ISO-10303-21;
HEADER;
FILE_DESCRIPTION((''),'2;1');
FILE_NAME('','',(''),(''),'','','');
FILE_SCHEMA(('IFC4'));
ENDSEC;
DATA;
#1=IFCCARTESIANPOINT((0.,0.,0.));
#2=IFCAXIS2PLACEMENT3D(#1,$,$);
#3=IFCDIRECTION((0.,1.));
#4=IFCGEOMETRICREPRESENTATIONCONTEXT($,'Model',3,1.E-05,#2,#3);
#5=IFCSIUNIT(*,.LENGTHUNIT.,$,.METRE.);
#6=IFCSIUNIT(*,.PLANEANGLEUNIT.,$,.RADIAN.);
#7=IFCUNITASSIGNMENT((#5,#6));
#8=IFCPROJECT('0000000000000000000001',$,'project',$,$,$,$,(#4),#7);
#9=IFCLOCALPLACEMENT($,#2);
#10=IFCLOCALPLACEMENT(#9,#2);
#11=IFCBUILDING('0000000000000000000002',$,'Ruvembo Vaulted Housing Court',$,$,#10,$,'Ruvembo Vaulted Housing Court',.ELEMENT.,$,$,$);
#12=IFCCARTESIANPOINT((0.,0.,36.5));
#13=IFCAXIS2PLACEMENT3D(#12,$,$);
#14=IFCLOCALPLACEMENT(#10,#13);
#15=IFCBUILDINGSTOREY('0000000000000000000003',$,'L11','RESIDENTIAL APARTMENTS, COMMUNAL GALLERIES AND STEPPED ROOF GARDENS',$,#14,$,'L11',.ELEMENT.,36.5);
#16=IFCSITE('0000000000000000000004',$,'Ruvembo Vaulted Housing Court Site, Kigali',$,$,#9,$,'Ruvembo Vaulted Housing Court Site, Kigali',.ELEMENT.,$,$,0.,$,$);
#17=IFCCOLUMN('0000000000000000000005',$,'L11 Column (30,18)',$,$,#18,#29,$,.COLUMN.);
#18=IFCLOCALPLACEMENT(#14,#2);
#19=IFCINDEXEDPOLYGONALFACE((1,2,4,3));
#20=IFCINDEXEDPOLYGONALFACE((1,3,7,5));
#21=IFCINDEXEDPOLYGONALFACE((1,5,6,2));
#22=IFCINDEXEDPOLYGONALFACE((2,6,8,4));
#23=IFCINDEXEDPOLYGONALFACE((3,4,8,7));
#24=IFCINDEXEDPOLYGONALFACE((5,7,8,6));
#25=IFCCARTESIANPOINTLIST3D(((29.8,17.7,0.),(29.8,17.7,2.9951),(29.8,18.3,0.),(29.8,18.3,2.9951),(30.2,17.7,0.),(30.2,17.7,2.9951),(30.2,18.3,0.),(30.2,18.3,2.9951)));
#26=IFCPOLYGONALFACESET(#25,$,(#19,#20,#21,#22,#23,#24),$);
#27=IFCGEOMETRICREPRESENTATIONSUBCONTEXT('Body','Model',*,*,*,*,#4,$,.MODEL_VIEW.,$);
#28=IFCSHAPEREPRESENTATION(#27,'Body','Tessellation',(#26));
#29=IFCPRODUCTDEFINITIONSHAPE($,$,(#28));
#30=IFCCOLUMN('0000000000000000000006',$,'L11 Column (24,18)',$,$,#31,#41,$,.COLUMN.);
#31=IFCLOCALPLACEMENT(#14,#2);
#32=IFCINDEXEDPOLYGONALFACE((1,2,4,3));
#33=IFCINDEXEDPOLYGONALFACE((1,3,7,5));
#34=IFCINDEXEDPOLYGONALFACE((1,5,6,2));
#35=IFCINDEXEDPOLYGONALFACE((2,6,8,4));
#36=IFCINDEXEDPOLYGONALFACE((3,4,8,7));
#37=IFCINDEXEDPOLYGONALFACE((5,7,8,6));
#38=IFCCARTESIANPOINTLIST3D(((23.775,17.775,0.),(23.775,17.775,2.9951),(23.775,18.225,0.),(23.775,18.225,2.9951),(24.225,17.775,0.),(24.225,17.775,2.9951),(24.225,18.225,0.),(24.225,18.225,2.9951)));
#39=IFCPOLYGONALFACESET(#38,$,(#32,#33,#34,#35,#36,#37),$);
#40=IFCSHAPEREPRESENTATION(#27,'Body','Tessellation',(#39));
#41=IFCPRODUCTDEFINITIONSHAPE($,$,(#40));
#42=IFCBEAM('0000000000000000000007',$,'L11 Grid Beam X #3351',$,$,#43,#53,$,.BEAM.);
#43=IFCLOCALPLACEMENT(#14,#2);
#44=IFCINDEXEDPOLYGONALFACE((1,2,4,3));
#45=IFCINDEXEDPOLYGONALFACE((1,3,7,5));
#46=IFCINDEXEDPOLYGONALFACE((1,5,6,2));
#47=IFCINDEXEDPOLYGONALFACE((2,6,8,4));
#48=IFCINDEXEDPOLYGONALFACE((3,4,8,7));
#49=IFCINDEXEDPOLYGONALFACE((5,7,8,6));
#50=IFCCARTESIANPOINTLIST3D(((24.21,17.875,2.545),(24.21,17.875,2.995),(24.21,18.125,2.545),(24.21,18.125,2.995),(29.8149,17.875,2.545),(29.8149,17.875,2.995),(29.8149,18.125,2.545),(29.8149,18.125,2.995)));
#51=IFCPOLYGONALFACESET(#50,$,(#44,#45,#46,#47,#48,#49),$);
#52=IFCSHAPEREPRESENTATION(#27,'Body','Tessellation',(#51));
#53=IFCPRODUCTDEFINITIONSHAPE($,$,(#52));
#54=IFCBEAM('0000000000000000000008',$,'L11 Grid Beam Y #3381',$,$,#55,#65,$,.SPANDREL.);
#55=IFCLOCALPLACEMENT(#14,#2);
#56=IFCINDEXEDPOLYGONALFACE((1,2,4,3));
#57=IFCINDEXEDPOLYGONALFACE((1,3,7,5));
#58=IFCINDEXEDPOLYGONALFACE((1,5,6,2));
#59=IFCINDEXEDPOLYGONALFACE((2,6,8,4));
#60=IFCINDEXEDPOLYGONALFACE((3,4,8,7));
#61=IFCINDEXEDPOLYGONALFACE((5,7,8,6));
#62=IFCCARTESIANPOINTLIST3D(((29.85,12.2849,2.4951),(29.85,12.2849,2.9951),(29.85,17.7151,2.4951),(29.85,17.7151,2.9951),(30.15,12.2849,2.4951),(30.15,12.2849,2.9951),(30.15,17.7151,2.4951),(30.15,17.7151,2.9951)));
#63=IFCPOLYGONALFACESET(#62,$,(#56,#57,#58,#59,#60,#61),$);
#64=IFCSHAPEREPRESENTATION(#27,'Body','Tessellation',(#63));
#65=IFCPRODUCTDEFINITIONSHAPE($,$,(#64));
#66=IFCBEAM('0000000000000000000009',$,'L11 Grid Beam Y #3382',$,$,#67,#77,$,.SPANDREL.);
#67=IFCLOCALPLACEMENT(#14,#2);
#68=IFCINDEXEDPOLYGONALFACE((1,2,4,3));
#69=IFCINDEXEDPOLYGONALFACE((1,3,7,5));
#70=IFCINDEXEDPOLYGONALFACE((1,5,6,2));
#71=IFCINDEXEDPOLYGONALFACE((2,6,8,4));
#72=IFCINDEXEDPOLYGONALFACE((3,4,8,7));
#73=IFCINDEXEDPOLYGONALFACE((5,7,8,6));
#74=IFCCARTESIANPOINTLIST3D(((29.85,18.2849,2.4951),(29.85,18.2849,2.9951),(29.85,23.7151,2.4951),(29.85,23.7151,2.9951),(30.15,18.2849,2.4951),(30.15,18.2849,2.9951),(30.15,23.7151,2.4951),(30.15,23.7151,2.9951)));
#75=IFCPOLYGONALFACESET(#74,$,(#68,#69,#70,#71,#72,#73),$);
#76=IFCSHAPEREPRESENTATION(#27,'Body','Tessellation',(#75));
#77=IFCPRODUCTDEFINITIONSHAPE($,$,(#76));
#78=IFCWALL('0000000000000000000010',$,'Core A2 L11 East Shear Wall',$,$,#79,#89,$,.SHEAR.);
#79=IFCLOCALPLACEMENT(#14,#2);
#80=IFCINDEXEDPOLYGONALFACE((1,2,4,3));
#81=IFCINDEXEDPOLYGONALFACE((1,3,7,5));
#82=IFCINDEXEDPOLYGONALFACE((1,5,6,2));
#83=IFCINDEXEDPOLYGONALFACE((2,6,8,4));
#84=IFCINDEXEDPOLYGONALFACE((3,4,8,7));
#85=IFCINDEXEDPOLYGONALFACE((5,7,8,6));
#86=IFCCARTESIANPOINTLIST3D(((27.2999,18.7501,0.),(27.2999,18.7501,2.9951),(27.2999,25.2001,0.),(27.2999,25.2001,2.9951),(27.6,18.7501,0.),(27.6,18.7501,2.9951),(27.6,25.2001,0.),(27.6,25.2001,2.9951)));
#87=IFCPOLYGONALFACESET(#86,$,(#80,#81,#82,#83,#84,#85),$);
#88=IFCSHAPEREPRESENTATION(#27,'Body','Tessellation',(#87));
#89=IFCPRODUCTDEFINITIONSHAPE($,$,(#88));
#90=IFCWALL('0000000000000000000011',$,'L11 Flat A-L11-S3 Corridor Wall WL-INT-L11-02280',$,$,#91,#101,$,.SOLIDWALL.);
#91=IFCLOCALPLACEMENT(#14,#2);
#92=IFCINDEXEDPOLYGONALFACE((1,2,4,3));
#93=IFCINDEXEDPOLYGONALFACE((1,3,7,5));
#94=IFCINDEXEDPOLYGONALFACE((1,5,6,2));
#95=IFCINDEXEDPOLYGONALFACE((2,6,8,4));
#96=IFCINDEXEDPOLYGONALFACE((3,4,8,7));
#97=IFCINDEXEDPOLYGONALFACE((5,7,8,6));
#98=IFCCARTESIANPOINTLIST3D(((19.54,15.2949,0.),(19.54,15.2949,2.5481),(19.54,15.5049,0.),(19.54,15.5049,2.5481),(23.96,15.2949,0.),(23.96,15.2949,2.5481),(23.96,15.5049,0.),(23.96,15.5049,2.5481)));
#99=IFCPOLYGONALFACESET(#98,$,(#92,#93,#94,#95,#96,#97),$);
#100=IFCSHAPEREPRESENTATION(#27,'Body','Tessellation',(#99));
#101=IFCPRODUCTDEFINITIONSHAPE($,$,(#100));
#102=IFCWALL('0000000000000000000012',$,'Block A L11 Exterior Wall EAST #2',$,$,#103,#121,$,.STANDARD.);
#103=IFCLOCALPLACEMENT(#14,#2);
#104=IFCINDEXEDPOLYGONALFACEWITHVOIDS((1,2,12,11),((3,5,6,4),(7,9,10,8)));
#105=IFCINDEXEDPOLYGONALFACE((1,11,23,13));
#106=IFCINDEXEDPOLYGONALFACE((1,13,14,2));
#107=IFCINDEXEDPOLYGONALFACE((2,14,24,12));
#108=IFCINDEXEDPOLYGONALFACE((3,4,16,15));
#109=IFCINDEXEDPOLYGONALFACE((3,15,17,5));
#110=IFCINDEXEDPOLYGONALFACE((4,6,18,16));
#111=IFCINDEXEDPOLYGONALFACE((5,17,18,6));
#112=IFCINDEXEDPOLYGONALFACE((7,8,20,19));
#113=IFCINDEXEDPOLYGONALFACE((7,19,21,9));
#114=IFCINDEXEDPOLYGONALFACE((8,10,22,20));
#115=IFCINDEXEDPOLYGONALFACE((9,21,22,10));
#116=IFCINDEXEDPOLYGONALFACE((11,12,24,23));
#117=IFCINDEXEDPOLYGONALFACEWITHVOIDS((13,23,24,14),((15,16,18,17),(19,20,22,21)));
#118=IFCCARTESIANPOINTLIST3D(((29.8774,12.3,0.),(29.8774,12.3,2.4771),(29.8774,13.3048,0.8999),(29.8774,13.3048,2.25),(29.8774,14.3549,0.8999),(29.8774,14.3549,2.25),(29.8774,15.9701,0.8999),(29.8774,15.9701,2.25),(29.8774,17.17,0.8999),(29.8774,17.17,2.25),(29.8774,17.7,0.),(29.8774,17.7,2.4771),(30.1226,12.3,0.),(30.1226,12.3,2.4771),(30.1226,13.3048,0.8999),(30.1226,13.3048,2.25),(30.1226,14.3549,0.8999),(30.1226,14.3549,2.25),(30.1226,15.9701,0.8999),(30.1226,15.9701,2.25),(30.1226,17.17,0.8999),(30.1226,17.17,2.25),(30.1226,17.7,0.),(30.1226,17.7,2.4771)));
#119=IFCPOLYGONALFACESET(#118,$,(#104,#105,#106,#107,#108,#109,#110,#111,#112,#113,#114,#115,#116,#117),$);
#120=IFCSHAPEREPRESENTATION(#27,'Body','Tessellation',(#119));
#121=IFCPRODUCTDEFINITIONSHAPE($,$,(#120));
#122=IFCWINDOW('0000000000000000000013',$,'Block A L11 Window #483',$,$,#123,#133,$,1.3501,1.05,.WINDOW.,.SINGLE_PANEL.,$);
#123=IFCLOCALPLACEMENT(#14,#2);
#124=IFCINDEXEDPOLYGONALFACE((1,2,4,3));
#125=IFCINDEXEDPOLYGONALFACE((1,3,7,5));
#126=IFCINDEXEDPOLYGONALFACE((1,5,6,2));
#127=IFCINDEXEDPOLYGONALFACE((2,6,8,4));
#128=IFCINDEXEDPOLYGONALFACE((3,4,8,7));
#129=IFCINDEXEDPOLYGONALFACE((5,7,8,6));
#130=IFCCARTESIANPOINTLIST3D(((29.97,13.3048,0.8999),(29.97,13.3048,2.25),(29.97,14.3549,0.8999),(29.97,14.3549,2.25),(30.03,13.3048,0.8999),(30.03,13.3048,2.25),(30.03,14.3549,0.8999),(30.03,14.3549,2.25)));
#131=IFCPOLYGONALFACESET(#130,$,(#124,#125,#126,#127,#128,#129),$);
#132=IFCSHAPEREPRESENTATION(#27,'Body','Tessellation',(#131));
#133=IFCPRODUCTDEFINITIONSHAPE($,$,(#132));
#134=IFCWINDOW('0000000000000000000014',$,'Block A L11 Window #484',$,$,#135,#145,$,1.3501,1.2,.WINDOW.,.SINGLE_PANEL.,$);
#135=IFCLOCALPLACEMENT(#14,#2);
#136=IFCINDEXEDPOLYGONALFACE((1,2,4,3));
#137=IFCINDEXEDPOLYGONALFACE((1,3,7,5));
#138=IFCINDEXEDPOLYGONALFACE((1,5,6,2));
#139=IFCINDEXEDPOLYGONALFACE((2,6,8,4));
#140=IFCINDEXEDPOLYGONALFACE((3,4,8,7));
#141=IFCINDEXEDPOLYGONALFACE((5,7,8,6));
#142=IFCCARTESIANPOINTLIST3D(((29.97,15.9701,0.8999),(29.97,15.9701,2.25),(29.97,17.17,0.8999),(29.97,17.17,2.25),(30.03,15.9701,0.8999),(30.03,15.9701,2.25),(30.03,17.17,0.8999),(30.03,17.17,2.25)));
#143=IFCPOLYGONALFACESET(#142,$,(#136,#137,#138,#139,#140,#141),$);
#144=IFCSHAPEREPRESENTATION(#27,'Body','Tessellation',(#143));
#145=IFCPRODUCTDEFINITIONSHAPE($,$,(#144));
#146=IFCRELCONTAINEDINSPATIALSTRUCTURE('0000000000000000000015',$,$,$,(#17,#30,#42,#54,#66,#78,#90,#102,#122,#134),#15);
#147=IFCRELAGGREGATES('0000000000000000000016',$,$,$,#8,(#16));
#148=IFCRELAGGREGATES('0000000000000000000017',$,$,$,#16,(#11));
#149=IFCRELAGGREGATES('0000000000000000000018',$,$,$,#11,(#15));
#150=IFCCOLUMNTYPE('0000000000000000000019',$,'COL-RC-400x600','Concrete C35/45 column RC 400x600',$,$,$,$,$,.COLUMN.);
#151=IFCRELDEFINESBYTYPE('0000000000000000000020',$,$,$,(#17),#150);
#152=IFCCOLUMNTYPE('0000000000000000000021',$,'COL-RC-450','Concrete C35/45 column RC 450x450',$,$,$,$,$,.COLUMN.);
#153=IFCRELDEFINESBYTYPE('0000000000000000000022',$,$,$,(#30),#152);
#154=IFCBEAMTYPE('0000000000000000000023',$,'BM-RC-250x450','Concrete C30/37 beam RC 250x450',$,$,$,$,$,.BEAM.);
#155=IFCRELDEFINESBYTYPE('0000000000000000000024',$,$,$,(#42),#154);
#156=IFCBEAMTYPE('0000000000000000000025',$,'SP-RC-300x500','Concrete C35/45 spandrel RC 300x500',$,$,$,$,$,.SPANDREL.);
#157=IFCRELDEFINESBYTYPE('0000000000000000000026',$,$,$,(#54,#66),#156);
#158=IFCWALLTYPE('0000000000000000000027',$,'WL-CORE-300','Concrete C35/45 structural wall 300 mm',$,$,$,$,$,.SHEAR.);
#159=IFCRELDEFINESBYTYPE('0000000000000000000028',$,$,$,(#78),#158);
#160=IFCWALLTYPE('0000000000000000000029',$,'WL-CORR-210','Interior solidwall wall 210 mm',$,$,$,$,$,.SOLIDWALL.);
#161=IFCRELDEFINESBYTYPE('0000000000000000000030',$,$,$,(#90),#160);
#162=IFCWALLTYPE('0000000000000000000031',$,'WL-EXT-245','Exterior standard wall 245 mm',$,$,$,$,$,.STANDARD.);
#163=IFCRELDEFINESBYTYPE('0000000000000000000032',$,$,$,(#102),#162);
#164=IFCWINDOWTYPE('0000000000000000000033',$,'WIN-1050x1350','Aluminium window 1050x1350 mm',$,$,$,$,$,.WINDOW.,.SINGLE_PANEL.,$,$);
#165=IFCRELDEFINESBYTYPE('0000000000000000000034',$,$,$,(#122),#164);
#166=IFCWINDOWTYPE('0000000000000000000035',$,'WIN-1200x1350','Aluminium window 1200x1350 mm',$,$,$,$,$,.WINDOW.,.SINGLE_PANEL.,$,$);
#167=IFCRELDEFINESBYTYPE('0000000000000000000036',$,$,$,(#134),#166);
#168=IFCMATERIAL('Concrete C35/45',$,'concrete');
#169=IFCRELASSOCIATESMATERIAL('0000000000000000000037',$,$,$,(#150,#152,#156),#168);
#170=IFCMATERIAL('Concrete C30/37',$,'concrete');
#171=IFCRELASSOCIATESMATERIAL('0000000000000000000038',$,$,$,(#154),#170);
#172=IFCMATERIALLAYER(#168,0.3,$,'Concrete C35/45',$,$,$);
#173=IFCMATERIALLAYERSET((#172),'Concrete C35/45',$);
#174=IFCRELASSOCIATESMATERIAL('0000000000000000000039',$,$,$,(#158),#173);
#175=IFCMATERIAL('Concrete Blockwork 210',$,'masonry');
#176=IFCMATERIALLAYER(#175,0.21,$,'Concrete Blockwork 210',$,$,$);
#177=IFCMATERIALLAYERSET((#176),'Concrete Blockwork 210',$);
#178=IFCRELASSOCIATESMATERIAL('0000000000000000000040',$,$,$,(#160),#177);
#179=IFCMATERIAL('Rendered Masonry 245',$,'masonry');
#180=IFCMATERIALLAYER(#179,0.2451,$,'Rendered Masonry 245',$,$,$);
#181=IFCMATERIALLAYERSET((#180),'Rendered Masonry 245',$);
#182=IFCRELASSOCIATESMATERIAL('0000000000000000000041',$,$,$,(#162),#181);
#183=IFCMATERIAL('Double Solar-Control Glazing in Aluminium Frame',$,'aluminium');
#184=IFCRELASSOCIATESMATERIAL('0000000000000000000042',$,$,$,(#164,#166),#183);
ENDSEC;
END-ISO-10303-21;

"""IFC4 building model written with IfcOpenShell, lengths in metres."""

from ifc_helpers import new_model, si_unit, direction, frame, frame_2d, origin, origin_2d, place, context, subcontext, project, spatial, rectangle, extrude, material, layer, layer_set, material_profile, profile_set, type_object, element, fill, save


model = new_model("IFC4")

# Units and contexts
model_context = context("Model", 3, precision=1e-05, world=origin(), true_north=direction((0.0, 1.0)))
body_context = subcontext(model_context, "Body", "Model", "MODEL_VIEW")
ifc_project = project(units=[si_unit("LENGTHUNIT", "METRE"), si_unit("PLANEANGLEUNIT", "RADIAN")], contexts=[model_context])

# Site, building, storey
site_placement = place(None, origin())
site = spatial("IfcSite", under=ifc_project, at=site_placement, Name="Ruvembo Vaulted Housing Court Site, Kigali", LongName="Ruvembo Vaulted Housing Court Site, Kigali", CompositionType="ELEMENT", RefElevation=0.0)
building_placement = place(site_placement, origin())
building = spatial("IfcBuilding", under=site, at=building_placement, Name="Ruvembo Vaulted Housing Court", LongName="Ruvembo Vaulted Housing Court", CompositionType="ELEMENT")
storey_placement = place(building_placement, frame((0.0, 0.0, 36.5)))
storey = spatial("IfcBuildingStorey", under=building, at=storey_placement, Name="L11", Description="RESIDENTIAL APARTMENTS, COMMUNAL GALLERIES AND STEPPED ROOF GARDENS", LongName="L11", CompositionType="ELEMENT", Elevation=36.5)

# Columns
ifc_material_1 = material(Name="Concrete C35/45", Category="concrete")
ifc_material_profile_1 = material_profile(ifc_material_1, rectangle(XDim=0.3999, YDim=0.6001, at=origin_2d()), Name="RC 400x600")
ifc_profile_set_1 = profile_set([ifc_material_profile_1], Name="Concrete C35/45")
column_type_1 = type_object("IfcColumnType", Name="COL-RC-400x600", Description="Concrete C35/45 column RC 400x600", PredefinedType="COLUMN", material=ifc_profile_set_1)
column_1_placement = place(storey_placement, frame((30.0, 18.0, 0.0), z_axis=(0.0, 0.0, 1.0), x_axis=(1.0, 0.0, 0.0)))
element("IfcColumn", 1, at=column_1_placement, inside=storey, type_object=column_type_1, Name="L11 Column (30,18)", PredefinedType="COLUMN", context=body_context, shape_type="SweptSolid", body=[
    extrude(rectangle(XDim=0.3999, YDim=0.6001, at=origin_2d()), origin(), (0.0, 0.0, 1.0), 2.9951),
])
ifc_material_profile_2 = material_profile(ifc_material_1, rectangle(XDim=0.45, YDim=0.45, at=origin_2d()), Name="RC 450x450")
ifc_profile_set_2 = profile_set([ifc_material_profile_2], Name="Concrete C35/45")
column_type_2 = type_object("IfcColumnType", Name="COL-RC-450", Description="Concrete C35/45 column RC 450x450", PredefinedType="COLUMN", material=ifc_profile_set_2)
column_2_placement = place(storey_placement, frame((24.0, 18.0, 0.0), z_axis=(0.0, 0.0, 1.0), x_axis=(1.0, 0.0, 0.0)))
element("IfcColumn", 2, at=column_2_placement, inside=storey, type_object=column_type_2, Name="L11 Column (24,18)", PredefinedType="COLUMN", context=body_context, shape_type="SweptSolid", body=[
    extrude(rectangle(XDim=0.45, YDim=0.45, at=origin_2d()), origin(), (0.0, 0.0, 1.0), 2.9951),
])

# Beams
ifc_material_2 = material(Name="Concrete C30/37", Category="concrete")
ifc_material_profile_3 = material_profile(ifc_material_2, rectangle(XDim=0.25, YDim=0.45, at=origin_2d()), Name="RC 250x450")
ifc_profile_set_3 = profile_set([ifc_material_profile_3], Name="Concrete C30/37")
beam_type_1 = type_object("IfcBeamType", Name="BM-RC-250x450", Description="Concrete C30/37 beam RC 250x450", PredefinedType="BEAM", material=ifc_profile_set_3)
beam_placement = place(storey_placement, frame((24.21, 18.0, 2.77), z_axis=(1.0, 0.0, 0.0), x_axis=(0.0, 1.0, 0.0)))
element("IfcBeam", 3, at=beam_placement, inside=storey, type_object=beam_type_1, Name="L11 Grid Beam X #3351", PredefinedType="BEAM", context=body_context, shape_type="SweptSolid", body=[
    extrude(rectangle(XDim=0.25, YDim=0.45, at=origin_2d()), origin(), (0.0, 0.0, 1.0), 5.605),
])
ifc_material_profile_4 = material_profile(ifc_material_1, rectangle(XDim=0.3, YDim=0.5, at=origin_2d()), Name="RC 300x500")
ifc_profile_set_4 = profile_set([ifc_material_profile_4], Name="Concrete C35/45")
beam_type_2 = type_object("IfcBeamType", Name="SP-RC-300x500", Description="Concrete C35/45 spandrel RC 300x500", PredefinedType="SPANDREL", material=ifc_profile_set_4)
for number, where, z_axis, x_axis, name in (
    (4, (30.0, 12.2849, 2.7451), (0.0, 1.0, 0.0), (-1.0, 0.0, 0.0), "L11 Grid Beam Y #3381"),
    (5, (30.0, 18.2849, 2.7451), (0.0, 1.0, 0.0), (-1.0, 0.0, 0.0), "L11 Grid Beam Y #3382"),
):
    element("IfcBeam", number, at=place(storey_placement, frame(where, z_axis=z_axis, x_axis=x_axis)), inside=storey, type_object=beam_type_2, Name=name, PredefinedType="SPANDREL", context=body_context, shape_type="SweptSolid", body=[
        extrude(rectangle(XDim=0.3, YDim=0.5, at=origin_2d()), origin(), (0.0, 0.0, 1.0), 5.4302),
    ])

# Shared definitions
ifc_layer_1 = layer(ifc_material_1, 0.3, Name="Concrete C35/45")
ifc_layer_set_1 = layer_set([ifc_layer_1], Name="Concrete C35/45")
wall_type_1 = type_object("IfcWallType", Name="WL-CORE-300", Description="Concrete C35/45 structural wall 300 mm", PredefinedType="SHEAR", material=ifc_layer_set_1)

# Walls
wall_1_placement = place(storey_placement, frame((27.45, 18.75, 0.0), z_axis=(0.0, 0.0, 1.0), x_axis=(0.0, 1.0, 0.0)))
element("IfcWall", 6, at=wall_1_placement, inside=storey, type_object=wall_type_1, Name="Core A2 L11 East Shear Wall", PredefinedType="SHEAR", context=body_context, shape_type="SweptSolid", body=[
    extrude(rectangle(XDim=6.45, YDim=0.3, at=frame_2d((3.2251, 0.0))), origin(), (0.0, 0.0, 1.0), 2.9951),
])
ifc_material_3 = material(Name="Concrete Blockwork 210", Category="masonry")
ifc_layer_2 = layer(ifc_material_3, 0.21, Name="Concrete Blockwork 210")
ifc_layer_set_2 = layer_set([ifc_layer_2], Name="Concrete Blockwork 210")
wall_type_2 = type_object("IfcWallType", Name="WL-CORR-210", Description="Interior solidwall wall 210 mm", PredefinedType="SOLIDWALL", material=ifc_layer_set_2)
wall_2_placement = place(storey_placement, frame((19.54, 15.3999, 0.0), z_axis=(0.0, 0.0, 1.0), x_axis=(1.0, 0.0, 0.0)))
element("IfcWall", 7, at=wall_2_placement, inside=storey, type_object=wall_type_2, Name="L11 Flat A-L11-S3 Corridor Wall WL-INT-L11-02280", PredefinedType="SOLIDWALL", context=body_context, shape_type="SweptSolid", body=[
    extrude(rectangle(XDim=4.4199, YDim=0.21, at=frame_2d((2.21, 0.0))), origin(), (0.0, 0.0, 1.0), 2.5481),
])

# Wall, openings, windows
ifc_material_4 = material(Name="Rendered Masonry 245", Category="masonry")
ifc_layer_3 = layer(ifc_material_4, 0.2451, Name="Rendered Masonry 245")
ifc_layer_set_3 = layer_set([ifc_layer_3], Name="Rendered Masonry 245")
wall_type_3 = type_object("IfcWallType", Name="WL-EXT-245", Description="Exterior standard wall 245 mm", PredefinedType="STANDARD", material=ifc_layer_set_3)
wall_3_placement = place(storey_placement, frame((30.0, 12.3, 0.0), z_axis=(0.0, 0.0, 1.0), x_axis=(0.0, 1.0, 0.0)))
wall_3 = element("IfcWall", 8, at=wall_3_placement, inside=storey, type_object=wall_type_3, Name="Block A L11 Exterior Wall EAST #2", PredefinedType="STANDARD", context=body_context, shape_type="SweptSolid", body=[
    extrude(rectangle(XDim=5.3999, YDim=0.2451, at=frame_2d((2.7, 0.0))), origin(), (0.0, 0.0, 1.0), 2.4771),
])
opening_1_placement = place(wall_3_placement, frame((1.0049, 0.0, 0.8999)))
opening_1 = element("IfcOpeningElement", 9, at=opening_1_placement, cuts=wall_3, PredefinedType="OPENING", context=body_context, shape_type="SweptSolid", body=[
    extrude(rectangle(XDim=1.05, YDim=1.3501, at=frame_2d((0.5249, 0.675))), frame((0.0, 0.1326, 0.0), z_axis=(0.0, -1.0, 0.0), x_axis=(1.0, 0.0, 0.0)), (0.0, 0.0, 1.0), 0.2651),
])
opening_2_placement = place(wall_3_placement, frame((3.6699, 0.0, 0.8999)))
opening_2 = element("IfcOpeningElement", 10, at=opening_2_placement, cuts=wall_3, PredefinedType="OPENING", context=body_context, shape_type="SweptSolid", body=[
    extrude(rectangle(XDim=1.2, YDim=1.3501, at=frame_2d((0.6001, 0.675))), frame((0.0, 0.1326, 0.0), z_axis=(0.0, -1.0, 0.0), x_axis=(1.0, 0.0, 0.0)), (0.0, 0.0, 1.0), 0.2651),
])
ifc_material_5 = material(Name="Double Solar-Control Glazing in Aluminium Frame", Category="aluminium")
window_type_1 = type_object("IfcWindowType", Name="WIN-1050x1350", Description="Aluminium window 1050x1350 mm", PartitioningType="SINGLE_PANEL", PredefinedType="WINDOW", material=ifc_material_5)
window_1_placement = place(opening_1_placement, origin())
window_1 = element("IfcWindow", 11, at=window_1_placement, inside=storey, type_object=window_type_1, Name="Block A L11 Window #483", OverallHeight=1.3501, OverallWidth=1.05, PartitioningType="SINGLE_PANEL", PredefinedType="WINDOW", context=body_context, shape_type="SweptSolid", body=[
    extrude(rectangle(XDim=1.05, YDim=1.3501, at=frame_2d((0.5249, 0.675))), frame((0.0, 0.03, 0.0), z_axis=(0.0, -1.0, 0.0), x_axis=(1.0, 0.0, 0.0)), (0.0, 0.0, 1.0), 0.0601),
])
fill(opening_1, window_1)
window_type_2 = type_object("IfcWindowType", Name="WIN-1200x1350", Description="Aluminium window 1200x1350 mm", PartitioningType="SINGLE_PANEL", PredefinedType="WINDOW", material=ifc_material_5)
window_2_placement = place(opening_2_placement, origin())
window_2 = element("IfcWindow", 12, at=window_2_placement, inside=storey, type_object=window_type_2, Name="Block A L11 Window #484", OverallHeight=1.3501, OverallWidth=1.2, PartitioningType="SINGLE_PANEL", PredefinedType="WINDOW", context=body_context, shape_type="SweptSolid", body=[
    extrude(rectangle(XDim=1.2, YDim=1.3501, at=frame_2d((0.6001, 0.675))), frame((0.0, 0.03, 0.0), z_axis=(0.0, -1.0, 0.0), x_axis=(1.0, 0.0, 0.0)), (0.0, 0.0, 1.0), 0.0601),
])
fill(opening_2, window_2)

save(model, "model.ifc")
